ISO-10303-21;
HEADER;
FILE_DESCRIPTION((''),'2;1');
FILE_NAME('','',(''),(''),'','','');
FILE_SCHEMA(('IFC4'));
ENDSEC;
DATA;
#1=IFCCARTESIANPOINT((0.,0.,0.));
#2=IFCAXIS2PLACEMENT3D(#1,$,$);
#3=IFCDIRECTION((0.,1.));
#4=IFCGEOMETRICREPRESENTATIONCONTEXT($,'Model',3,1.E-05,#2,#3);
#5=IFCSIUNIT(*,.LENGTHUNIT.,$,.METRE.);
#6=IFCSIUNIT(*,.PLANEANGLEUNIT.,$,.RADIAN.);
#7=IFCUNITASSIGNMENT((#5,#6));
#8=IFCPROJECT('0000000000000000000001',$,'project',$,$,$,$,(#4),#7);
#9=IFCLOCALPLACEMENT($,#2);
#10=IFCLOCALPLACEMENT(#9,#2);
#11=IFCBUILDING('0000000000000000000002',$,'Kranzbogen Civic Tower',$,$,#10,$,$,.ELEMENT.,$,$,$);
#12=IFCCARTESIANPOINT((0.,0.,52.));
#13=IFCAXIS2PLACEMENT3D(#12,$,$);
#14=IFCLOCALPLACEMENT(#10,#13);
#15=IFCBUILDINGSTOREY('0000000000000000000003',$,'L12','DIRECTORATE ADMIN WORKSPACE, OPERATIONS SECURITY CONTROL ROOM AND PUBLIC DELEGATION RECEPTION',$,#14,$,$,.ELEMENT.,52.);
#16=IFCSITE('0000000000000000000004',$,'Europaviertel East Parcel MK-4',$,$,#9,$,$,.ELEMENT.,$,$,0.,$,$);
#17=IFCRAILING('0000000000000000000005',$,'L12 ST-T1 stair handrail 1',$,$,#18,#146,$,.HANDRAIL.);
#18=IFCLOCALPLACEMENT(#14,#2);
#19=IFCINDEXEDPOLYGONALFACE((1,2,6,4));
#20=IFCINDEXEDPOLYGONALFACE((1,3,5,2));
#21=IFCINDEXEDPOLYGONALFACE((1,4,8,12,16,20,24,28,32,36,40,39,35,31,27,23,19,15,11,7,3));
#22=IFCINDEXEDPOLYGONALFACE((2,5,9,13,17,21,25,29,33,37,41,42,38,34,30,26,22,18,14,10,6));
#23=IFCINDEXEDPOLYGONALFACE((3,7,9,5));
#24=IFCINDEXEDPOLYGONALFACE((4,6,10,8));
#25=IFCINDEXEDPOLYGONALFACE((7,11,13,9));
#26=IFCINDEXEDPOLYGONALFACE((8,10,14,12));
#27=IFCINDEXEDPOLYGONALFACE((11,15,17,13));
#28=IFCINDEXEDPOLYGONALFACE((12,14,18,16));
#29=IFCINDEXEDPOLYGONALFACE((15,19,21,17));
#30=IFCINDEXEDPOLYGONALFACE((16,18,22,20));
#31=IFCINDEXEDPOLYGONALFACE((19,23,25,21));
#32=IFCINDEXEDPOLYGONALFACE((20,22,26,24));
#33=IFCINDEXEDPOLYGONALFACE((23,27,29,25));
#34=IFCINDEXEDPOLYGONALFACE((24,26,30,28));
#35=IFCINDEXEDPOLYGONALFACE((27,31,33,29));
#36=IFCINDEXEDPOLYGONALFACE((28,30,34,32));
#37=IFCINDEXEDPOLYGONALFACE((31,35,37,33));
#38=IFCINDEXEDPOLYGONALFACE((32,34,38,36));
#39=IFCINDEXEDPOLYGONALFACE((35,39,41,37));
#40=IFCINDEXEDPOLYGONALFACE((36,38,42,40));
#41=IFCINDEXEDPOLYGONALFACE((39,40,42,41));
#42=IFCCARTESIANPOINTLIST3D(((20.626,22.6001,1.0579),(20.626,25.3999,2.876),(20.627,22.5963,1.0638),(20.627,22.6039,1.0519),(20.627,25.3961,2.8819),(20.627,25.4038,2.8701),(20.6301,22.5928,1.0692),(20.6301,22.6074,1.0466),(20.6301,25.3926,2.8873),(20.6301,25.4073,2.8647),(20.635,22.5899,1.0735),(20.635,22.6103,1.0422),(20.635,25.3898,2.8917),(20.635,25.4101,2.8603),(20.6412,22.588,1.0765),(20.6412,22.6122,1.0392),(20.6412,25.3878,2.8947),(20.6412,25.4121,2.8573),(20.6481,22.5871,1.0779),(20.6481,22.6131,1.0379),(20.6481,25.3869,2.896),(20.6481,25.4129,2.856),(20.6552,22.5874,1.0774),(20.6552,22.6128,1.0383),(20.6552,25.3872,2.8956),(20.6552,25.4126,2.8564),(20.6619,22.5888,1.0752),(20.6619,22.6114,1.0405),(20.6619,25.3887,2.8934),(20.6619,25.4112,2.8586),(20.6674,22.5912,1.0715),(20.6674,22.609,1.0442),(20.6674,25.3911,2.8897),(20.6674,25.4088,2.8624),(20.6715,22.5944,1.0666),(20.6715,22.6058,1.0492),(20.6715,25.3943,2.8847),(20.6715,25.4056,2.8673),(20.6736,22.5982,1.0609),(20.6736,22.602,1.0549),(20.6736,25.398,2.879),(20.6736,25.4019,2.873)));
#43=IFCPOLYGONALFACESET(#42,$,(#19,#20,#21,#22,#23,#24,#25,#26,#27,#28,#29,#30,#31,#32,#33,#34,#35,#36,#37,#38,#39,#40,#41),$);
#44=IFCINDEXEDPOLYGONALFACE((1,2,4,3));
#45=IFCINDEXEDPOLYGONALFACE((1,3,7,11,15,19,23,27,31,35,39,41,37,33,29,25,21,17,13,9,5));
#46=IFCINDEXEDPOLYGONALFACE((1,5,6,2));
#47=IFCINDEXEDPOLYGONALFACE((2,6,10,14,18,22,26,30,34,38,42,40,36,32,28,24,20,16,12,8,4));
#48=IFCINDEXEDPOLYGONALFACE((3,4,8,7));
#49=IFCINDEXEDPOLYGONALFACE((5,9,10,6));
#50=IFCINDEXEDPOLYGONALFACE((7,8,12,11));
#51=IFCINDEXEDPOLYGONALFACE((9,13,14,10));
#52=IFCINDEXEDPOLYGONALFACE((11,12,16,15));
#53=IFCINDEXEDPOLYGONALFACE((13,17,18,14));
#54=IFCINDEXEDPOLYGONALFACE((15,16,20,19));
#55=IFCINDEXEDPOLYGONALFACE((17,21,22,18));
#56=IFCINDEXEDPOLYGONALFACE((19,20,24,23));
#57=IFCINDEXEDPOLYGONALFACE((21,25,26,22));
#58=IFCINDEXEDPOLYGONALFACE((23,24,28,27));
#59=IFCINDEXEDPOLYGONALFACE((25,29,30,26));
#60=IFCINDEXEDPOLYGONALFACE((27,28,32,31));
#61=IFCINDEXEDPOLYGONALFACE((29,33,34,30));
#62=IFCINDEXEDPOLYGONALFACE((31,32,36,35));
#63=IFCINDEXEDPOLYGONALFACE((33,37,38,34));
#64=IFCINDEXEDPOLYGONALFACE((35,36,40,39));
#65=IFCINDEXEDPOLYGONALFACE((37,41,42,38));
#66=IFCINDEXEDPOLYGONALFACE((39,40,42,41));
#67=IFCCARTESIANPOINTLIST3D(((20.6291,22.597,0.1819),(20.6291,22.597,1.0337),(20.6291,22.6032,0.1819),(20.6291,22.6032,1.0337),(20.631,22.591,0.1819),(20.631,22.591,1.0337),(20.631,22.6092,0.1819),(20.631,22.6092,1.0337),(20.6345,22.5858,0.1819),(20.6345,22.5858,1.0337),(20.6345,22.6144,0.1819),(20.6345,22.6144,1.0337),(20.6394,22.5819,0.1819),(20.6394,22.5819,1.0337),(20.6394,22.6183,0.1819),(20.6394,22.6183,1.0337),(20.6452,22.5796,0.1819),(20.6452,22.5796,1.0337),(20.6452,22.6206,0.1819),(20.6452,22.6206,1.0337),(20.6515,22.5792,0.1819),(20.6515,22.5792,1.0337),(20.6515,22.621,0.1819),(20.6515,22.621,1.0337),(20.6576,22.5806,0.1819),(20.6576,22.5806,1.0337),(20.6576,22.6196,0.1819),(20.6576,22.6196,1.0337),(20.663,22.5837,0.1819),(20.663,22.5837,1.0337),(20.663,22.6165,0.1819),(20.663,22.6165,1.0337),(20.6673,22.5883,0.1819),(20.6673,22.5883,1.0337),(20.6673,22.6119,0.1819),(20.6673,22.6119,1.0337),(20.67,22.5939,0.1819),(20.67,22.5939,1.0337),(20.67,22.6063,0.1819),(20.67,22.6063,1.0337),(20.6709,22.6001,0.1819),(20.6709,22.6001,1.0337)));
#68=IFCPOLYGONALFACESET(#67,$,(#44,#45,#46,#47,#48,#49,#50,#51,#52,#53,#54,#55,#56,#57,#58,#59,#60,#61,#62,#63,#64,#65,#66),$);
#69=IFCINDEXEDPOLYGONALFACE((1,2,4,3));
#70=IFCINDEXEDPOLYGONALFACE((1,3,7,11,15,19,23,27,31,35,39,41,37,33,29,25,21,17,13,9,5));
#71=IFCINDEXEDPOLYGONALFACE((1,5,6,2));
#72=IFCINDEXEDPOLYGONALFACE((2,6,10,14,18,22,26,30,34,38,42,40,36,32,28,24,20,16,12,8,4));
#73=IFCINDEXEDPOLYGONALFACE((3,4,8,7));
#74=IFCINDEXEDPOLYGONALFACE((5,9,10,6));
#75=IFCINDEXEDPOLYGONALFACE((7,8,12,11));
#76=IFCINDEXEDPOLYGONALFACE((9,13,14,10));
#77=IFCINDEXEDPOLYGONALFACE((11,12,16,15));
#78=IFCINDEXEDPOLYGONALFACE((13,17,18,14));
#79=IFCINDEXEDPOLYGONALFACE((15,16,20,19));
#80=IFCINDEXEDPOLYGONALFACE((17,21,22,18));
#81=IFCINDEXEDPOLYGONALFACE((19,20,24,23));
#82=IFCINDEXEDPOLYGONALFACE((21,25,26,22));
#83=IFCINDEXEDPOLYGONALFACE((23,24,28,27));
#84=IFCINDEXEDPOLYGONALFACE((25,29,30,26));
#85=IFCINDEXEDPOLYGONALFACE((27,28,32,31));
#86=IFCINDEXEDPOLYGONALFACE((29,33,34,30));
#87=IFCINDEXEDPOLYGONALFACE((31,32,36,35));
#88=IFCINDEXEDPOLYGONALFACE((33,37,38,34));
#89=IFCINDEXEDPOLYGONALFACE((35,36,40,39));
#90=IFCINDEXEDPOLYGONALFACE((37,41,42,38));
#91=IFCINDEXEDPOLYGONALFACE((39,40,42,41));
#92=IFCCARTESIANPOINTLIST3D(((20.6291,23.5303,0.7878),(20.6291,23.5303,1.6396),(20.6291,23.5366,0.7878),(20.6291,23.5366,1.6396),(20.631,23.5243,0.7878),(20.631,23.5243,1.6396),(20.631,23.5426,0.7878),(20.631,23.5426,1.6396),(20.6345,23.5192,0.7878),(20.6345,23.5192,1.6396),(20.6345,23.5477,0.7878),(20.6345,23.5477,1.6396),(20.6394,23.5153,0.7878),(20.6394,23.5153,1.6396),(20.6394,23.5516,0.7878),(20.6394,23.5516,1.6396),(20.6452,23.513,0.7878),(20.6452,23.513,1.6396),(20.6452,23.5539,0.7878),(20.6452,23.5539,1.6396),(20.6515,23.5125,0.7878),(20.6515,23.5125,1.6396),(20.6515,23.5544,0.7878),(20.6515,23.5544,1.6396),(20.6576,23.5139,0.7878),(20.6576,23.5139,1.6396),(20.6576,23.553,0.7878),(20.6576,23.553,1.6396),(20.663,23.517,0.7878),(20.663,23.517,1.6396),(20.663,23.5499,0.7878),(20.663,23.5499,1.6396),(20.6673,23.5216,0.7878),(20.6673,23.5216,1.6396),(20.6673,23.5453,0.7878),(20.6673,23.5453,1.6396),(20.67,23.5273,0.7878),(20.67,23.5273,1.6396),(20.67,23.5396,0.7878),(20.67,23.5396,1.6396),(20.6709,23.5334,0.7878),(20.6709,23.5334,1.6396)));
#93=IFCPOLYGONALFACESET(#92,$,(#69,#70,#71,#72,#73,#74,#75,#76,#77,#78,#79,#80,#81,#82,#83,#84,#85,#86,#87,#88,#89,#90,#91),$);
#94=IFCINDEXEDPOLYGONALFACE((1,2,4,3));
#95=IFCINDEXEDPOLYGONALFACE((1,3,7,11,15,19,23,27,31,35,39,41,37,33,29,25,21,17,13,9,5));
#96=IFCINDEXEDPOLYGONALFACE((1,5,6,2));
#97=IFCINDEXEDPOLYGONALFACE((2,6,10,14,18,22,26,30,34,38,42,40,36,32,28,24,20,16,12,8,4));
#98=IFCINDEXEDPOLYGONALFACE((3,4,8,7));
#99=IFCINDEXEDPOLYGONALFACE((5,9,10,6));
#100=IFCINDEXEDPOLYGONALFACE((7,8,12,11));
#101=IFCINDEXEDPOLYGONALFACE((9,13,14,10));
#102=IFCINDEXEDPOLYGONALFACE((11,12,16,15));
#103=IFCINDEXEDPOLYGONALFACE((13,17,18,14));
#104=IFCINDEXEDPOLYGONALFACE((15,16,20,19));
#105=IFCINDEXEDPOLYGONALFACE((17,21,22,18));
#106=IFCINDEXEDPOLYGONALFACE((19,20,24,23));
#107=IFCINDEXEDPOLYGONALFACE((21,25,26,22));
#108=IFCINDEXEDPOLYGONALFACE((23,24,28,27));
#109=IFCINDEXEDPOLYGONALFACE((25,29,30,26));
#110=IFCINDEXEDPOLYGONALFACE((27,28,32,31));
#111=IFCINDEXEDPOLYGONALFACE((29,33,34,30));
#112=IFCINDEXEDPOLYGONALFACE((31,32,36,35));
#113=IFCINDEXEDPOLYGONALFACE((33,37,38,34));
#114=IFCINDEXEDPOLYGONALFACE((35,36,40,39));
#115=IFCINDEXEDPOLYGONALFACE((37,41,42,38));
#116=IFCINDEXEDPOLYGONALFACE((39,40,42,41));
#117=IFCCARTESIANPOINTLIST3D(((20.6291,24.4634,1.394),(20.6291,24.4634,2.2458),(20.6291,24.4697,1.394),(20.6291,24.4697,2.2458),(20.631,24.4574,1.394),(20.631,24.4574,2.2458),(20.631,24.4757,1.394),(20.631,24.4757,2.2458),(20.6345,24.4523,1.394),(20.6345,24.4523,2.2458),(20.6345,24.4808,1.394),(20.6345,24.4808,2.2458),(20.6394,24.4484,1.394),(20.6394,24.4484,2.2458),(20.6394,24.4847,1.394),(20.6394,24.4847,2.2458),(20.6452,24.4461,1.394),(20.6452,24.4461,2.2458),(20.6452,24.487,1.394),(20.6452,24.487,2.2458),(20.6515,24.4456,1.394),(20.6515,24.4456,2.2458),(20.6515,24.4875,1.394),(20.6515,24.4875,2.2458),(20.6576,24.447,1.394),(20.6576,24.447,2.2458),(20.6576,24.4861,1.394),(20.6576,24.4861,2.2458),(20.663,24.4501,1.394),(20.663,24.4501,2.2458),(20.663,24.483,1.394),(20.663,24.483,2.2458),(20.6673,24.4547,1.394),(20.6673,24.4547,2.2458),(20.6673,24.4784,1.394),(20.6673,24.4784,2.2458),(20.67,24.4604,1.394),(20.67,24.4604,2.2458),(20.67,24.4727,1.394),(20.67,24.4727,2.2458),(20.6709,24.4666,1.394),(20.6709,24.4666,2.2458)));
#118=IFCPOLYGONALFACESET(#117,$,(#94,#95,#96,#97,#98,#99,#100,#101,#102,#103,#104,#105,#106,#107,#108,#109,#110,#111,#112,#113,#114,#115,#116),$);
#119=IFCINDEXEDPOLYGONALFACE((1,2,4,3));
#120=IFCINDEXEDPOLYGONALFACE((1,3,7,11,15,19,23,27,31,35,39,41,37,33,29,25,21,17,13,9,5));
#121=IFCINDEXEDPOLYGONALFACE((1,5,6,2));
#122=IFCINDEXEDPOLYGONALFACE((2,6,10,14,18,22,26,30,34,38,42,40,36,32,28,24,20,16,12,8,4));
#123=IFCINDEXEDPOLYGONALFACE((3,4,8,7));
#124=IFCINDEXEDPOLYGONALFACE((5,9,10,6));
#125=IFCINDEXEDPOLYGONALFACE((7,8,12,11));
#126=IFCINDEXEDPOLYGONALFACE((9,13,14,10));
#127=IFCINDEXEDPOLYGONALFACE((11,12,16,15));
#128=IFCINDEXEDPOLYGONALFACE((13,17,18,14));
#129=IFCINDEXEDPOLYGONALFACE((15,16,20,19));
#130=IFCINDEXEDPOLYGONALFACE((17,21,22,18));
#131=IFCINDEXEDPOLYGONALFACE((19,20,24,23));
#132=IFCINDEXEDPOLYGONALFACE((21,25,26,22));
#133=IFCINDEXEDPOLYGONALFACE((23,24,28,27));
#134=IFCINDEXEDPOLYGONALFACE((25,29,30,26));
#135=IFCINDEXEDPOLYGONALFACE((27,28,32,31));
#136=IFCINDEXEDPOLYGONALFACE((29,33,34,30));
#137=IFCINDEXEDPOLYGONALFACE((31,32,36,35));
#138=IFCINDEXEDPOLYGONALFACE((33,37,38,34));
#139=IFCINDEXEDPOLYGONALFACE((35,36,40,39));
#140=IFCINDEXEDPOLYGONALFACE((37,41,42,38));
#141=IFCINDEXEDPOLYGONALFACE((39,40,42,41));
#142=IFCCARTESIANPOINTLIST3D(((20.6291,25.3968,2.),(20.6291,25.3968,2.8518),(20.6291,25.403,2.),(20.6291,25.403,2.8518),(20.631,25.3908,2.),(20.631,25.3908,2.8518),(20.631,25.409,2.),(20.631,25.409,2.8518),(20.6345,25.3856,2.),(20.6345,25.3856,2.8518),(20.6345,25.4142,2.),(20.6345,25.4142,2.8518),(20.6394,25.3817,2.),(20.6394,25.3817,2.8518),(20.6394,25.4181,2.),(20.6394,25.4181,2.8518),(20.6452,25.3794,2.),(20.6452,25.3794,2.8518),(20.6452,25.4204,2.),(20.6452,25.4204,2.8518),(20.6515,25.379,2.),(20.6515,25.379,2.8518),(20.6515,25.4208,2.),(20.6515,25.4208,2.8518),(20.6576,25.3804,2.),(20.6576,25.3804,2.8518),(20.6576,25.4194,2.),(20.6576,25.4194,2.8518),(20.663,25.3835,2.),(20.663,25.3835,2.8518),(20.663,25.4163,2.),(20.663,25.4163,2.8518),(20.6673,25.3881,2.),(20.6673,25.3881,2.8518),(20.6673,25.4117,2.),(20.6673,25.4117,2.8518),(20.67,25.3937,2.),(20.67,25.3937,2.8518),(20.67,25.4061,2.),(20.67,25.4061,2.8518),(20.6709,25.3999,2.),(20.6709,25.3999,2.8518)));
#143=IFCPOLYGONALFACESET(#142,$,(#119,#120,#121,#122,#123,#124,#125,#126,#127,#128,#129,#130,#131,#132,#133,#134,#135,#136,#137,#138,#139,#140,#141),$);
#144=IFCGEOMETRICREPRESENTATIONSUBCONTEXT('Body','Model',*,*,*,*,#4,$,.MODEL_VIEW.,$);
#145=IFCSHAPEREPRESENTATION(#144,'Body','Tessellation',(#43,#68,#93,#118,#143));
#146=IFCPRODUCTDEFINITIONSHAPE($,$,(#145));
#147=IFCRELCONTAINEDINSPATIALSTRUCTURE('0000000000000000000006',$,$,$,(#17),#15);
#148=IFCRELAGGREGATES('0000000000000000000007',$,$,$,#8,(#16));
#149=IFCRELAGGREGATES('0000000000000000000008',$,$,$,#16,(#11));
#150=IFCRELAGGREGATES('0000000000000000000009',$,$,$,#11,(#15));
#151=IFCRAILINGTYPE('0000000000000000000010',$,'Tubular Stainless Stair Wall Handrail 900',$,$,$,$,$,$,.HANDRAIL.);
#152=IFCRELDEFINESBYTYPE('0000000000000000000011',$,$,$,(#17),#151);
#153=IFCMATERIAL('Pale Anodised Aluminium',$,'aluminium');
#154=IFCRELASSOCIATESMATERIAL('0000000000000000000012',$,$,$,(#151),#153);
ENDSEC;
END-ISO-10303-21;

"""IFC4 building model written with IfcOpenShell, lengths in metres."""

from ifc_helpers import new_model, si_unit, direction, frame, origin, origin_2d, place, context, subcontext, project, spatial, circle, extrude, material, type_object, element, save


model = new_model("IFC4")

# Units and contexts
model_context = context("Model", 3, precision=1e-05, world=origin(), true_north=direction((0.0, 1.0)))
body_context = subcontext(model_context, "Body", "Model", "MODEL_VIEW")
ifc_project = project(units=[si_unit("LENGTHUNIT", "METRE"), si_unit("PLANEANGLEUNIT", "RADIAN")], contexts=[model_context])

# Site, building, storey
site_placement = place(None, origin())
site = spatial("IfcSite", under=ifc_project, at=site_placement, Name="Europaviertel East Parcel MK-4", CompositionType="ELEMENT", RefElevation=0.0)
building_placement = place(site_placement, origin())
building = spatial("IfcBuilding", under=site, at=building_placement, Name="Kranzbogen Civic Tower", CompositionType="ELEMENT")
storey_placement = place(building_placement, frame((0.0, 0.0, 52.0)))
storey = spatial("IfcBuildingStorey", under=building, at=storey_placement, Name="L12", Description="DIRECTORATE ADMIN WORKSPACE, OPERATIONS SECURITY CONTROL ROOM AND PUBLIC DELEGATION RECEPTION", CompositionType="ELEMENT", Elevation=52.0)

# Shared definitions
ifc_material_1 = material(Name="Pale Anodised Aluminium", Category="aluminium")

# Railing
railing_type_1 = type_object("IfcRailingType", Name="Tubular Stainless Stair Wall Handrail 900", PredefinedType="HANDRAIL", material=ifc_material_1)
railing_1_placement = place(storey_placement, frame((20.6499, 22.6001, 0.1819)))
element("IfcRailing", 1, at=railing_1_placement, inside=storey, type_object=railing_type_1, Name="L12 ST-T1 stair handrail 1", PredefinedType="HANDRAIL", context=body_context, shape_type="SweptSolid", body=[
    extrude(circle(Radius=0.0239, at=origin_2d()), frame((0.0, 0.0, 0.876), z_axis=(0.0, 0.838684, 0.544618), x_axis=(-1.0, 0.0, 0.0)), (0.0, 0.0, 1.0), 3.3384),
    extrude(circle(Radius=0.021, at=origin_2d()), origin(), (0.0, 0.0, 1.0), 0.8518),
    extrude(circle(Radius=0.021, at=origin_2d()), frame((0.0, 0.9333, 0.606)), (0.0, 0.0, 1.0), 0.8518),
    extrude(circle(Radius=0.021, at=origin_2d()), frame((0.0, 1.8665, 1.2122)), (0.0, 0.0, 1.0), 0.8518),
    extrude(circle(Radius=0.021, at=origin_2d()), frame((0.0, 2.7998, 1.8181)), (0.0, 0.0, 1.0), 0.8518),
])

save(model, "model.ifc")
